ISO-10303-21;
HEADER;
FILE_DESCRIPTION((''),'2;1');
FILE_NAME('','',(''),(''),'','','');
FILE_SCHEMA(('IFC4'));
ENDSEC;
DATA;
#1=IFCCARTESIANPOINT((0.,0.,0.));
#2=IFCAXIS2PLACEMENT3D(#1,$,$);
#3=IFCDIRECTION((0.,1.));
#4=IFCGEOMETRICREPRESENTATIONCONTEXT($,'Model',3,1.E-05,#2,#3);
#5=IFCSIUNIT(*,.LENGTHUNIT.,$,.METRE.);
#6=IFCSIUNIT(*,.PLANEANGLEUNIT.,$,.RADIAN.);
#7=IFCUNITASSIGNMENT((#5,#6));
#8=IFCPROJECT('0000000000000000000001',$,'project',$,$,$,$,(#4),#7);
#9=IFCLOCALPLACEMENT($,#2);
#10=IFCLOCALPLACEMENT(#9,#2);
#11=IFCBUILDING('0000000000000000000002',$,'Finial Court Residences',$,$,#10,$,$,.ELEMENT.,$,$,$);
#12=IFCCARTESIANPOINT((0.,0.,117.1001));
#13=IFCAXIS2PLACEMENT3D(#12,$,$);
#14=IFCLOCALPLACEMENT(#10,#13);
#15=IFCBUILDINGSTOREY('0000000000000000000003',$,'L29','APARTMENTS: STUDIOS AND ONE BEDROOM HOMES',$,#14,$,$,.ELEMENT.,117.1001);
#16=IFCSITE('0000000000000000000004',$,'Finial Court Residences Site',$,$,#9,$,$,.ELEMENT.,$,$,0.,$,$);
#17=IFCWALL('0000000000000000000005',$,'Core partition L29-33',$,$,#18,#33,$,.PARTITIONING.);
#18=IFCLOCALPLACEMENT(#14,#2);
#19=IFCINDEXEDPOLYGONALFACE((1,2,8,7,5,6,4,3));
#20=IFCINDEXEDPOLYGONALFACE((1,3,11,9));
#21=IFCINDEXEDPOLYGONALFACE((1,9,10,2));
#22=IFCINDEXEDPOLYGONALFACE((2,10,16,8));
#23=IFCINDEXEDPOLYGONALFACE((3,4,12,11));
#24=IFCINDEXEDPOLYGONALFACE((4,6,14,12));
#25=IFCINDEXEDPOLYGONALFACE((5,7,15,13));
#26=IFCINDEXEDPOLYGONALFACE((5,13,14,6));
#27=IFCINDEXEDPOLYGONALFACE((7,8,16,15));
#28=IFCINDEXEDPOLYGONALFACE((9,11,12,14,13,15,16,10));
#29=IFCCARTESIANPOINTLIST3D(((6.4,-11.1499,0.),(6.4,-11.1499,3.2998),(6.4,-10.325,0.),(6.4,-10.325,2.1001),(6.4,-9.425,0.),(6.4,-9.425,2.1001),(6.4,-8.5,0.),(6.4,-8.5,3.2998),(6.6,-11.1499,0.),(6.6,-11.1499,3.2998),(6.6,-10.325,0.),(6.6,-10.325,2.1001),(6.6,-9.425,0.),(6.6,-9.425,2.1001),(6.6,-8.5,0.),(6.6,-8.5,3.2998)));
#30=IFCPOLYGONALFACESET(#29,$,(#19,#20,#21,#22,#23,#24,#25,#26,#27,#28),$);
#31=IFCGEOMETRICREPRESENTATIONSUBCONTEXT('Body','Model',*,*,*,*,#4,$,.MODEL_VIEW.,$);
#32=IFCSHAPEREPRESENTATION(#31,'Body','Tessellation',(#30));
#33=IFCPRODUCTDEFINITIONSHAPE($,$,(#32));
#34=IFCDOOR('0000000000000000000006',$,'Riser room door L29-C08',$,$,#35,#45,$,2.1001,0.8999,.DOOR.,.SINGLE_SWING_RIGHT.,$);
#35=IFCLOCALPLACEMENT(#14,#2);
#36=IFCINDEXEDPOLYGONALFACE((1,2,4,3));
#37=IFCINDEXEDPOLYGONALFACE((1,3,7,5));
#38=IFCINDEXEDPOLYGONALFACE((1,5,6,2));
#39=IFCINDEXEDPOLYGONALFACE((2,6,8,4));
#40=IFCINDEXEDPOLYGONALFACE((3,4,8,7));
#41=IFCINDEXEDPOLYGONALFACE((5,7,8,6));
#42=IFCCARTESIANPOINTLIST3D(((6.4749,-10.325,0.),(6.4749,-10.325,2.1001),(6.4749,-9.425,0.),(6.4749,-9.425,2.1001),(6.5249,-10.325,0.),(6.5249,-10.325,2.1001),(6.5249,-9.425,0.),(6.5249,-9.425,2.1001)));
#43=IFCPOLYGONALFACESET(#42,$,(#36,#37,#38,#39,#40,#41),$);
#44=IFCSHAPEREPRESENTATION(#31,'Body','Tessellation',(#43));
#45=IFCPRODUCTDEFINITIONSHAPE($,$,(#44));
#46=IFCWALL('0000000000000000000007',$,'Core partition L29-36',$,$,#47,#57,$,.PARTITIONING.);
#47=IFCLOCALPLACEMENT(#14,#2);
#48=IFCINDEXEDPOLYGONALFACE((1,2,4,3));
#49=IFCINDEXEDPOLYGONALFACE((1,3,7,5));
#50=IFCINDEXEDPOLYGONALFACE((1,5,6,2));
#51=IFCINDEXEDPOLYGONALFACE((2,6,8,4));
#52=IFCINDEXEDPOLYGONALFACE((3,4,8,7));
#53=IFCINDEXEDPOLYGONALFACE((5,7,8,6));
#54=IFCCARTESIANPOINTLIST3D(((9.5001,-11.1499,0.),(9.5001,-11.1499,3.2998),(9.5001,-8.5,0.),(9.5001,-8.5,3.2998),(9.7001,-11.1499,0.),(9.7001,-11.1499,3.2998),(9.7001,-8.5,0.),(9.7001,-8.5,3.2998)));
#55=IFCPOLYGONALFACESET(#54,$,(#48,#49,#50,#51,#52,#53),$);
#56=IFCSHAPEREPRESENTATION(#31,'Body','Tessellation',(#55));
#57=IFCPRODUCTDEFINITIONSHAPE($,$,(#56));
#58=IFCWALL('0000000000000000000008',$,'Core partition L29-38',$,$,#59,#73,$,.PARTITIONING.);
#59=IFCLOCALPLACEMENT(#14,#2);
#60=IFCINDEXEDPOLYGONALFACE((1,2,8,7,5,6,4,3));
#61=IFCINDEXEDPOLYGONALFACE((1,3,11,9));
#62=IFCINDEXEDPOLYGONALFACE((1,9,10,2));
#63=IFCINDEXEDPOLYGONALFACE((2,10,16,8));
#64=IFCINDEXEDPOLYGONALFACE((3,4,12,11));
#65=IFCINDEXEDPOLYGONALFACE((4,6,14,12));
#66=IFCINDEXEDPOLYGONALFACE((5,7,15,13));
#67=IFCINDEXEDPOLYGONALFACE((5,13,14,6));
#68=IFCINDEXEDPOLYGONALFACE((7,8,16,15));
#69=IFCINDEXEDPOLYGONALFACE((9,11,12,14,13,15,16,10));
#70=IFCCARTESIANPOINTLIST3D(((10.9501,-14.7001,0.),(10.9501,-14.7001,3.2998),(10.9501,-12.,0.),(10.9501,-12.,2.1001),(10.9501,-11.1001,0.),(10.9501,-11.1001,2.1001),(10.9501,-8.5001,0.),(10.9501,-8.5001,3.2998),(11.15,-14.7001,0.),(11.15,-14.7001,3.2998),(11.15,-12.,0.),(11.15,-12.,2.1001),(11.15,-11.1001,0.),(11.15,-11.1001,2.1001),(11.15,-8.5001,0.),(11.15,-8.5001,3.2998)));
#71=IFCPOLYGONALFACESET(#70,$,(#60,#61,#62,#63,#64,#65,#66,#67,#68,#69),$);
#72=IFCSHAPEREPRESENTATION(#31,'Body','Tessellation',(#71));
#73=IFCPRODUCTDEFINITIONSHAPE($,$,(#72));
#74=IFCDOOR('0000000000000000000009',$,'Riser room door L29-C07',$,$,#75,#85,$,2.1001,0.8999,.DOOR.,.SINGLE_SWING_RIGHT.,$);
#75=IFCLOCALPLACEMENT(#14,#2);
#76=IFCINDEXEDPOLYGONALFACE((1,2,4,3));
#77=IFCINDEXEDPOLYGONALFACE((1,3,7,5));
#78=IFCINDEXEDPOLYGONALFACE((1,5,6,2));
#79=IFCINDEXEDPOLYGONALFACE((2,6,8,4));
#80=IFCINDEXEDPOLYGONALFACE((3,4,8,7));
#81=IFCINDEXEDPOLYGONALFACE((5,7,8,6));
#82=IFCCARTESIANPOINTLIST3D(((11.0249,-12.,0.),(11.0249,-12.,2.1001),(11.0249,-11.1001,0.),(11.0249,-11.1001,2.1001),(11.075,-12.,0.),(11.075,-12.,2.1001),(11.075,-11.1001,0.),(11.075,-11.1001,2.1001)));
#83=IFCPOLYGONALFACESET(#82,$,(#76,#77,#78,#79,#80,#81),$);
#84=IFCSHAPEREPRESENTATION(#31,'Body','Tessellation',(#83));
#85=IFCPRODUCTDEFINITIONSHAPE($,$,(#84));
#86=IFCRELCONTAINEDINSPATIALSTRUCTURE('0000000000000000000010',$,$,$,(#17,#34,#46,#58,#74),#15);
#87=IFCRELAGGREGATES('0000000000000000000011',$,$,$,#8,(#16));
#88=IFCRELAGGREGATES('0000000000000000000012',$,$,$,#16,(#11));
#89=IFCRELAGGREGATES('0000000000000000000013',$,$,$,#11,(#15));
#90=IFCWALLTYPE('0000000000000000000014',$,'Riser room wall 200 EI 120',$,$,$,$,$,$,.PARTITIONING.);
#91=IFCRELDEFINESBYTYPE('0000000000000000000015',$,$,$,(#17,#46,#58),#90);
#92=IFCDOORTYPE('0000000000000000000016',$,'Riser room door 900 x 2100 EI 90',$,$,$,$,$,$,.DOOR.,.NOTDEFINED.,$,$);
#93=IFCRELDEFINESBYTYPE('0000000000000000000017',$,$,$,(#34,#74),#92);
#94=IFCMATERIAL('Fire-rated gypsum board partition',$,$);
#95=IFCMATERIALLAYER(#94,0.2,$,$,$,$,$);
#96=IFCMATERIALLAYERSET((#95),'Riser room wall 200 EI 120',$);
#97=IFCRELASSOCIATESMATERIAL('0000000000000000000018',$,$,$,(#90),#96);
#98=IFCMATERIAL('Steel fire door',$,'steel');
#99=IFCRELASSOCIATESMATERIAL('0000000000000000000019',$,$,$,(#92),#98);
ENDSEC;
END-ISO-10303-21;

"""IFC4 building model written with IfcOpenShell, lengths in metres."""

from ifc_helpers import new_model, si_unit, direction, frame, frame_2d, origin, place, context, subcontext, project, spatial, rectangle, extrude, material, layer, layer_set, type_object, element, fill, save


model = new_model("IFC4")

# Units and contexts
model_context = context("Model", 3, precision=1e-05, world=origin(), true_north=direction((0.0, 1.0)))
body_context = subcontext(model_context, "Body", "Model", "MODEL_VIEW")
ifc_project = project(units=[si_unit("LENGTHUNIT", "METRE"), si_unit("PLANEANGLEUNIT", "RADIAN")], contexts=[model_context])

# Site, building, storey
site_placement = place(None, origin())
site = spatial("IfcSite", under=ifc_project, at=site_placement, Name="Finial Court Residences Site", CompositionType="ELEMENT", RefElevation=0.0)
building_placement = place(site_placement, origin())
building = spatial("IfcBuilding", under=site, at=building_placement, Name="Finial Court Residences", CompositionType="ELEMENT")
storey_placement = place(building_placement, frame((0.0, 0.0, 117.1001)))
storey = spatial("IfcBuildingStorey", under=building, at=storey_placement, Name="L29", Description="APARTMENTS: STUDIOS AND ONE BEDROOM HOMES", CompositionType="ELEMENT", Elevation=117.1001)

# Shared definitions
ifc_material_1 = material(Name="Fire-rated gypsum board partition")
ifc_layer_1 = layer(ifc_material_1, 0.2)
ifc_layer_set_1 = layer_set([ifc_layer_1], Name="Riser room wall 200 EI 120")
wall_type_1 = type_object("IfcWallType", Name="Riser room wall 200 EI 120", PredefinedType="PARTITIONING", material=ifc_layer_set_1)

# Wall, opening, door
wall_1_placement = place(storey_placement, frame((6.5, -8.5, 0.0), z_axis=(0.0, 0.0, 1.0), x_axis=(0.0, -1.0, 0.0)))
wall_1 = element("IfcWall", 1, at=wall_1_placement, inside=storey, type_object=wall_type_1, Name="Core partition L29-33", PredefinedType="PARTITIONING", context=body_context, shape_type="SweptSolid", body=[
    extrude(rectangle(XDim=2.6499, YDim=0.2, at=frame_2d((1.325, 0.0))), origin(), (0.0, 0.0, 1.0), 3.2998),
])
opening_1_placement = place(wall_1_placement, frame((0.925, 0.0, 0.0)))
opening_1 = element("IfcOpeningElement", 2, at=opening_1_placement, cuts=wall_1, PredefinedType="OPENING", context=body_context, shape_type="SweptSolid", body=[
    extrude(rectangle(XDim=0.8999, YDim=2.1001, at=frame_2d((0.45, 1.05))), frame((0.0, 0.1099, 0.0), z_axis=(0.0, -1.0, 0.0), x_axis=(1.0, 0.0, 0.0)), (0.0, 0.0, 1.0), 0.22),
])
ifc_material_2 = material(Name="Steel fire door", Category="steel")
door_type_1 = type_object("IfcDoorType", Name="Riser room door 900 x 2100 EI 90", OperationType="NOTDEFINED", PredefinedType="DOOR", material=ifc_material_2)
door_1_placement = place(opening_1_placement, origin())
door_1 = element("IfcDoor", 3, at=door_1_placement, inside=storey, type_object=door_type_1, Name="Riser room door L29-C08", OperationType="SINGLE_SWING_RIGHT", OverallHeight=2.1001, OverallWidth=0.8999, PredefinedType="DOOR", context=body_context, shape_type="SweptSolid", body=[
    extrude(rectangle(XDim=0.8999, YDim=2.1001, at=frame_2d((0.45, 1.05))), frame((0.0, 0.0249, 0.0), z_axis=(0.0, -1.0, 0.0), x_axis=(1.0, 0.0, 0.0)), (0.0, 0.0, 1.0), 0.05),
])
fill(opening_1, door_1)

# Wall
wall_2_placement = place(storey_placement, frame((9.6001, -11.1499, 0.0), z_axis=(0.0, 0.0, 1.0), x_axis=(0.0, 1.0, 0.0)))
element("IfcWall", 4, at=wall_2_placement, inside=storey, type_object=wall_type_1, Name="Core partition L29-36", PredefinedType="PARTITIONING", context=body_context, shape_type="SweptSolid", body=[
    extrude(rectangle(XDim=2.6499, YDim=0.2, at=frame_2d((1.325, 0.0))), origin(), (0.0, 0.0, 1.0), 3.2998),
])

# Wall, opening, door
wall_3_placement = place(storey_placement, frame((11.05, -8.5, 0.0), z_axis=(0.0, 0.0, 1.0), x_axis=(0.0, -1.0, 0.0)))
wall_3 = element("IfcWall", 5, at=wall_3_placement, inside=storey, type_object=wall_type_1, Name="Core partition L29-38", PredefinedType="PARTITIONING", context=body_context, shape_type="SweptSolid", body=[
    extrude(rectangle(XDim=6.2, YDim=0.2, at=frame_2d((3.1001, 0.0))), origin(), (0.0, 0.0, 1.0), 3.2998),
])
opening_2_placement = place(wall_3_placement, frame((2.6001, 0.0, 0.0)))
opening_2 = element("IfcOpeningElement", 6, at=opening_2_placement, cuts=wall_3, PredefinedType="OPENING", context=body_context, shape_type="SweptSolid", body=[
    extrude(rectangle(XDim=0.8999, YDim=2.1001, at=frame_2d((0.45, 1.05))), frame((0.0, 0.1099, 0.0), z_axis=(0.0, -1.0, 0.0), x_axis=(1.0, 0.0, 0.0)), (0.0, 0.0, 1.0), 0.22),
])
door_2_placement = place(opening_2_placement, origin())
door_2 = element("IfcDoor", 7, at=door_2_placement, inside=storey, type_object=door_type_1, Name="Riser room door L29-C07", OperationType="SINGLE_SWING_RIGHT", OverallHeight=2.1001, OverallWidth=0.8999, PredefinedType="DOOR", context=body_context, shape_type="SweptSolid", body=[
    extrude(rectangle(XDim=0.8999, YDim=2.1001, at=frame_2d((0.45, 1.05))), frame((0.0, 0.0249, 0.0), z_axis=(0.0, -1.0, 0.0), x_axis=(1.0, 0.0, 0.0)), (0.0, 0.0, 1.0), 0.05),
])
fill(opening_2, door_2)

save(model, "model.ifc")
